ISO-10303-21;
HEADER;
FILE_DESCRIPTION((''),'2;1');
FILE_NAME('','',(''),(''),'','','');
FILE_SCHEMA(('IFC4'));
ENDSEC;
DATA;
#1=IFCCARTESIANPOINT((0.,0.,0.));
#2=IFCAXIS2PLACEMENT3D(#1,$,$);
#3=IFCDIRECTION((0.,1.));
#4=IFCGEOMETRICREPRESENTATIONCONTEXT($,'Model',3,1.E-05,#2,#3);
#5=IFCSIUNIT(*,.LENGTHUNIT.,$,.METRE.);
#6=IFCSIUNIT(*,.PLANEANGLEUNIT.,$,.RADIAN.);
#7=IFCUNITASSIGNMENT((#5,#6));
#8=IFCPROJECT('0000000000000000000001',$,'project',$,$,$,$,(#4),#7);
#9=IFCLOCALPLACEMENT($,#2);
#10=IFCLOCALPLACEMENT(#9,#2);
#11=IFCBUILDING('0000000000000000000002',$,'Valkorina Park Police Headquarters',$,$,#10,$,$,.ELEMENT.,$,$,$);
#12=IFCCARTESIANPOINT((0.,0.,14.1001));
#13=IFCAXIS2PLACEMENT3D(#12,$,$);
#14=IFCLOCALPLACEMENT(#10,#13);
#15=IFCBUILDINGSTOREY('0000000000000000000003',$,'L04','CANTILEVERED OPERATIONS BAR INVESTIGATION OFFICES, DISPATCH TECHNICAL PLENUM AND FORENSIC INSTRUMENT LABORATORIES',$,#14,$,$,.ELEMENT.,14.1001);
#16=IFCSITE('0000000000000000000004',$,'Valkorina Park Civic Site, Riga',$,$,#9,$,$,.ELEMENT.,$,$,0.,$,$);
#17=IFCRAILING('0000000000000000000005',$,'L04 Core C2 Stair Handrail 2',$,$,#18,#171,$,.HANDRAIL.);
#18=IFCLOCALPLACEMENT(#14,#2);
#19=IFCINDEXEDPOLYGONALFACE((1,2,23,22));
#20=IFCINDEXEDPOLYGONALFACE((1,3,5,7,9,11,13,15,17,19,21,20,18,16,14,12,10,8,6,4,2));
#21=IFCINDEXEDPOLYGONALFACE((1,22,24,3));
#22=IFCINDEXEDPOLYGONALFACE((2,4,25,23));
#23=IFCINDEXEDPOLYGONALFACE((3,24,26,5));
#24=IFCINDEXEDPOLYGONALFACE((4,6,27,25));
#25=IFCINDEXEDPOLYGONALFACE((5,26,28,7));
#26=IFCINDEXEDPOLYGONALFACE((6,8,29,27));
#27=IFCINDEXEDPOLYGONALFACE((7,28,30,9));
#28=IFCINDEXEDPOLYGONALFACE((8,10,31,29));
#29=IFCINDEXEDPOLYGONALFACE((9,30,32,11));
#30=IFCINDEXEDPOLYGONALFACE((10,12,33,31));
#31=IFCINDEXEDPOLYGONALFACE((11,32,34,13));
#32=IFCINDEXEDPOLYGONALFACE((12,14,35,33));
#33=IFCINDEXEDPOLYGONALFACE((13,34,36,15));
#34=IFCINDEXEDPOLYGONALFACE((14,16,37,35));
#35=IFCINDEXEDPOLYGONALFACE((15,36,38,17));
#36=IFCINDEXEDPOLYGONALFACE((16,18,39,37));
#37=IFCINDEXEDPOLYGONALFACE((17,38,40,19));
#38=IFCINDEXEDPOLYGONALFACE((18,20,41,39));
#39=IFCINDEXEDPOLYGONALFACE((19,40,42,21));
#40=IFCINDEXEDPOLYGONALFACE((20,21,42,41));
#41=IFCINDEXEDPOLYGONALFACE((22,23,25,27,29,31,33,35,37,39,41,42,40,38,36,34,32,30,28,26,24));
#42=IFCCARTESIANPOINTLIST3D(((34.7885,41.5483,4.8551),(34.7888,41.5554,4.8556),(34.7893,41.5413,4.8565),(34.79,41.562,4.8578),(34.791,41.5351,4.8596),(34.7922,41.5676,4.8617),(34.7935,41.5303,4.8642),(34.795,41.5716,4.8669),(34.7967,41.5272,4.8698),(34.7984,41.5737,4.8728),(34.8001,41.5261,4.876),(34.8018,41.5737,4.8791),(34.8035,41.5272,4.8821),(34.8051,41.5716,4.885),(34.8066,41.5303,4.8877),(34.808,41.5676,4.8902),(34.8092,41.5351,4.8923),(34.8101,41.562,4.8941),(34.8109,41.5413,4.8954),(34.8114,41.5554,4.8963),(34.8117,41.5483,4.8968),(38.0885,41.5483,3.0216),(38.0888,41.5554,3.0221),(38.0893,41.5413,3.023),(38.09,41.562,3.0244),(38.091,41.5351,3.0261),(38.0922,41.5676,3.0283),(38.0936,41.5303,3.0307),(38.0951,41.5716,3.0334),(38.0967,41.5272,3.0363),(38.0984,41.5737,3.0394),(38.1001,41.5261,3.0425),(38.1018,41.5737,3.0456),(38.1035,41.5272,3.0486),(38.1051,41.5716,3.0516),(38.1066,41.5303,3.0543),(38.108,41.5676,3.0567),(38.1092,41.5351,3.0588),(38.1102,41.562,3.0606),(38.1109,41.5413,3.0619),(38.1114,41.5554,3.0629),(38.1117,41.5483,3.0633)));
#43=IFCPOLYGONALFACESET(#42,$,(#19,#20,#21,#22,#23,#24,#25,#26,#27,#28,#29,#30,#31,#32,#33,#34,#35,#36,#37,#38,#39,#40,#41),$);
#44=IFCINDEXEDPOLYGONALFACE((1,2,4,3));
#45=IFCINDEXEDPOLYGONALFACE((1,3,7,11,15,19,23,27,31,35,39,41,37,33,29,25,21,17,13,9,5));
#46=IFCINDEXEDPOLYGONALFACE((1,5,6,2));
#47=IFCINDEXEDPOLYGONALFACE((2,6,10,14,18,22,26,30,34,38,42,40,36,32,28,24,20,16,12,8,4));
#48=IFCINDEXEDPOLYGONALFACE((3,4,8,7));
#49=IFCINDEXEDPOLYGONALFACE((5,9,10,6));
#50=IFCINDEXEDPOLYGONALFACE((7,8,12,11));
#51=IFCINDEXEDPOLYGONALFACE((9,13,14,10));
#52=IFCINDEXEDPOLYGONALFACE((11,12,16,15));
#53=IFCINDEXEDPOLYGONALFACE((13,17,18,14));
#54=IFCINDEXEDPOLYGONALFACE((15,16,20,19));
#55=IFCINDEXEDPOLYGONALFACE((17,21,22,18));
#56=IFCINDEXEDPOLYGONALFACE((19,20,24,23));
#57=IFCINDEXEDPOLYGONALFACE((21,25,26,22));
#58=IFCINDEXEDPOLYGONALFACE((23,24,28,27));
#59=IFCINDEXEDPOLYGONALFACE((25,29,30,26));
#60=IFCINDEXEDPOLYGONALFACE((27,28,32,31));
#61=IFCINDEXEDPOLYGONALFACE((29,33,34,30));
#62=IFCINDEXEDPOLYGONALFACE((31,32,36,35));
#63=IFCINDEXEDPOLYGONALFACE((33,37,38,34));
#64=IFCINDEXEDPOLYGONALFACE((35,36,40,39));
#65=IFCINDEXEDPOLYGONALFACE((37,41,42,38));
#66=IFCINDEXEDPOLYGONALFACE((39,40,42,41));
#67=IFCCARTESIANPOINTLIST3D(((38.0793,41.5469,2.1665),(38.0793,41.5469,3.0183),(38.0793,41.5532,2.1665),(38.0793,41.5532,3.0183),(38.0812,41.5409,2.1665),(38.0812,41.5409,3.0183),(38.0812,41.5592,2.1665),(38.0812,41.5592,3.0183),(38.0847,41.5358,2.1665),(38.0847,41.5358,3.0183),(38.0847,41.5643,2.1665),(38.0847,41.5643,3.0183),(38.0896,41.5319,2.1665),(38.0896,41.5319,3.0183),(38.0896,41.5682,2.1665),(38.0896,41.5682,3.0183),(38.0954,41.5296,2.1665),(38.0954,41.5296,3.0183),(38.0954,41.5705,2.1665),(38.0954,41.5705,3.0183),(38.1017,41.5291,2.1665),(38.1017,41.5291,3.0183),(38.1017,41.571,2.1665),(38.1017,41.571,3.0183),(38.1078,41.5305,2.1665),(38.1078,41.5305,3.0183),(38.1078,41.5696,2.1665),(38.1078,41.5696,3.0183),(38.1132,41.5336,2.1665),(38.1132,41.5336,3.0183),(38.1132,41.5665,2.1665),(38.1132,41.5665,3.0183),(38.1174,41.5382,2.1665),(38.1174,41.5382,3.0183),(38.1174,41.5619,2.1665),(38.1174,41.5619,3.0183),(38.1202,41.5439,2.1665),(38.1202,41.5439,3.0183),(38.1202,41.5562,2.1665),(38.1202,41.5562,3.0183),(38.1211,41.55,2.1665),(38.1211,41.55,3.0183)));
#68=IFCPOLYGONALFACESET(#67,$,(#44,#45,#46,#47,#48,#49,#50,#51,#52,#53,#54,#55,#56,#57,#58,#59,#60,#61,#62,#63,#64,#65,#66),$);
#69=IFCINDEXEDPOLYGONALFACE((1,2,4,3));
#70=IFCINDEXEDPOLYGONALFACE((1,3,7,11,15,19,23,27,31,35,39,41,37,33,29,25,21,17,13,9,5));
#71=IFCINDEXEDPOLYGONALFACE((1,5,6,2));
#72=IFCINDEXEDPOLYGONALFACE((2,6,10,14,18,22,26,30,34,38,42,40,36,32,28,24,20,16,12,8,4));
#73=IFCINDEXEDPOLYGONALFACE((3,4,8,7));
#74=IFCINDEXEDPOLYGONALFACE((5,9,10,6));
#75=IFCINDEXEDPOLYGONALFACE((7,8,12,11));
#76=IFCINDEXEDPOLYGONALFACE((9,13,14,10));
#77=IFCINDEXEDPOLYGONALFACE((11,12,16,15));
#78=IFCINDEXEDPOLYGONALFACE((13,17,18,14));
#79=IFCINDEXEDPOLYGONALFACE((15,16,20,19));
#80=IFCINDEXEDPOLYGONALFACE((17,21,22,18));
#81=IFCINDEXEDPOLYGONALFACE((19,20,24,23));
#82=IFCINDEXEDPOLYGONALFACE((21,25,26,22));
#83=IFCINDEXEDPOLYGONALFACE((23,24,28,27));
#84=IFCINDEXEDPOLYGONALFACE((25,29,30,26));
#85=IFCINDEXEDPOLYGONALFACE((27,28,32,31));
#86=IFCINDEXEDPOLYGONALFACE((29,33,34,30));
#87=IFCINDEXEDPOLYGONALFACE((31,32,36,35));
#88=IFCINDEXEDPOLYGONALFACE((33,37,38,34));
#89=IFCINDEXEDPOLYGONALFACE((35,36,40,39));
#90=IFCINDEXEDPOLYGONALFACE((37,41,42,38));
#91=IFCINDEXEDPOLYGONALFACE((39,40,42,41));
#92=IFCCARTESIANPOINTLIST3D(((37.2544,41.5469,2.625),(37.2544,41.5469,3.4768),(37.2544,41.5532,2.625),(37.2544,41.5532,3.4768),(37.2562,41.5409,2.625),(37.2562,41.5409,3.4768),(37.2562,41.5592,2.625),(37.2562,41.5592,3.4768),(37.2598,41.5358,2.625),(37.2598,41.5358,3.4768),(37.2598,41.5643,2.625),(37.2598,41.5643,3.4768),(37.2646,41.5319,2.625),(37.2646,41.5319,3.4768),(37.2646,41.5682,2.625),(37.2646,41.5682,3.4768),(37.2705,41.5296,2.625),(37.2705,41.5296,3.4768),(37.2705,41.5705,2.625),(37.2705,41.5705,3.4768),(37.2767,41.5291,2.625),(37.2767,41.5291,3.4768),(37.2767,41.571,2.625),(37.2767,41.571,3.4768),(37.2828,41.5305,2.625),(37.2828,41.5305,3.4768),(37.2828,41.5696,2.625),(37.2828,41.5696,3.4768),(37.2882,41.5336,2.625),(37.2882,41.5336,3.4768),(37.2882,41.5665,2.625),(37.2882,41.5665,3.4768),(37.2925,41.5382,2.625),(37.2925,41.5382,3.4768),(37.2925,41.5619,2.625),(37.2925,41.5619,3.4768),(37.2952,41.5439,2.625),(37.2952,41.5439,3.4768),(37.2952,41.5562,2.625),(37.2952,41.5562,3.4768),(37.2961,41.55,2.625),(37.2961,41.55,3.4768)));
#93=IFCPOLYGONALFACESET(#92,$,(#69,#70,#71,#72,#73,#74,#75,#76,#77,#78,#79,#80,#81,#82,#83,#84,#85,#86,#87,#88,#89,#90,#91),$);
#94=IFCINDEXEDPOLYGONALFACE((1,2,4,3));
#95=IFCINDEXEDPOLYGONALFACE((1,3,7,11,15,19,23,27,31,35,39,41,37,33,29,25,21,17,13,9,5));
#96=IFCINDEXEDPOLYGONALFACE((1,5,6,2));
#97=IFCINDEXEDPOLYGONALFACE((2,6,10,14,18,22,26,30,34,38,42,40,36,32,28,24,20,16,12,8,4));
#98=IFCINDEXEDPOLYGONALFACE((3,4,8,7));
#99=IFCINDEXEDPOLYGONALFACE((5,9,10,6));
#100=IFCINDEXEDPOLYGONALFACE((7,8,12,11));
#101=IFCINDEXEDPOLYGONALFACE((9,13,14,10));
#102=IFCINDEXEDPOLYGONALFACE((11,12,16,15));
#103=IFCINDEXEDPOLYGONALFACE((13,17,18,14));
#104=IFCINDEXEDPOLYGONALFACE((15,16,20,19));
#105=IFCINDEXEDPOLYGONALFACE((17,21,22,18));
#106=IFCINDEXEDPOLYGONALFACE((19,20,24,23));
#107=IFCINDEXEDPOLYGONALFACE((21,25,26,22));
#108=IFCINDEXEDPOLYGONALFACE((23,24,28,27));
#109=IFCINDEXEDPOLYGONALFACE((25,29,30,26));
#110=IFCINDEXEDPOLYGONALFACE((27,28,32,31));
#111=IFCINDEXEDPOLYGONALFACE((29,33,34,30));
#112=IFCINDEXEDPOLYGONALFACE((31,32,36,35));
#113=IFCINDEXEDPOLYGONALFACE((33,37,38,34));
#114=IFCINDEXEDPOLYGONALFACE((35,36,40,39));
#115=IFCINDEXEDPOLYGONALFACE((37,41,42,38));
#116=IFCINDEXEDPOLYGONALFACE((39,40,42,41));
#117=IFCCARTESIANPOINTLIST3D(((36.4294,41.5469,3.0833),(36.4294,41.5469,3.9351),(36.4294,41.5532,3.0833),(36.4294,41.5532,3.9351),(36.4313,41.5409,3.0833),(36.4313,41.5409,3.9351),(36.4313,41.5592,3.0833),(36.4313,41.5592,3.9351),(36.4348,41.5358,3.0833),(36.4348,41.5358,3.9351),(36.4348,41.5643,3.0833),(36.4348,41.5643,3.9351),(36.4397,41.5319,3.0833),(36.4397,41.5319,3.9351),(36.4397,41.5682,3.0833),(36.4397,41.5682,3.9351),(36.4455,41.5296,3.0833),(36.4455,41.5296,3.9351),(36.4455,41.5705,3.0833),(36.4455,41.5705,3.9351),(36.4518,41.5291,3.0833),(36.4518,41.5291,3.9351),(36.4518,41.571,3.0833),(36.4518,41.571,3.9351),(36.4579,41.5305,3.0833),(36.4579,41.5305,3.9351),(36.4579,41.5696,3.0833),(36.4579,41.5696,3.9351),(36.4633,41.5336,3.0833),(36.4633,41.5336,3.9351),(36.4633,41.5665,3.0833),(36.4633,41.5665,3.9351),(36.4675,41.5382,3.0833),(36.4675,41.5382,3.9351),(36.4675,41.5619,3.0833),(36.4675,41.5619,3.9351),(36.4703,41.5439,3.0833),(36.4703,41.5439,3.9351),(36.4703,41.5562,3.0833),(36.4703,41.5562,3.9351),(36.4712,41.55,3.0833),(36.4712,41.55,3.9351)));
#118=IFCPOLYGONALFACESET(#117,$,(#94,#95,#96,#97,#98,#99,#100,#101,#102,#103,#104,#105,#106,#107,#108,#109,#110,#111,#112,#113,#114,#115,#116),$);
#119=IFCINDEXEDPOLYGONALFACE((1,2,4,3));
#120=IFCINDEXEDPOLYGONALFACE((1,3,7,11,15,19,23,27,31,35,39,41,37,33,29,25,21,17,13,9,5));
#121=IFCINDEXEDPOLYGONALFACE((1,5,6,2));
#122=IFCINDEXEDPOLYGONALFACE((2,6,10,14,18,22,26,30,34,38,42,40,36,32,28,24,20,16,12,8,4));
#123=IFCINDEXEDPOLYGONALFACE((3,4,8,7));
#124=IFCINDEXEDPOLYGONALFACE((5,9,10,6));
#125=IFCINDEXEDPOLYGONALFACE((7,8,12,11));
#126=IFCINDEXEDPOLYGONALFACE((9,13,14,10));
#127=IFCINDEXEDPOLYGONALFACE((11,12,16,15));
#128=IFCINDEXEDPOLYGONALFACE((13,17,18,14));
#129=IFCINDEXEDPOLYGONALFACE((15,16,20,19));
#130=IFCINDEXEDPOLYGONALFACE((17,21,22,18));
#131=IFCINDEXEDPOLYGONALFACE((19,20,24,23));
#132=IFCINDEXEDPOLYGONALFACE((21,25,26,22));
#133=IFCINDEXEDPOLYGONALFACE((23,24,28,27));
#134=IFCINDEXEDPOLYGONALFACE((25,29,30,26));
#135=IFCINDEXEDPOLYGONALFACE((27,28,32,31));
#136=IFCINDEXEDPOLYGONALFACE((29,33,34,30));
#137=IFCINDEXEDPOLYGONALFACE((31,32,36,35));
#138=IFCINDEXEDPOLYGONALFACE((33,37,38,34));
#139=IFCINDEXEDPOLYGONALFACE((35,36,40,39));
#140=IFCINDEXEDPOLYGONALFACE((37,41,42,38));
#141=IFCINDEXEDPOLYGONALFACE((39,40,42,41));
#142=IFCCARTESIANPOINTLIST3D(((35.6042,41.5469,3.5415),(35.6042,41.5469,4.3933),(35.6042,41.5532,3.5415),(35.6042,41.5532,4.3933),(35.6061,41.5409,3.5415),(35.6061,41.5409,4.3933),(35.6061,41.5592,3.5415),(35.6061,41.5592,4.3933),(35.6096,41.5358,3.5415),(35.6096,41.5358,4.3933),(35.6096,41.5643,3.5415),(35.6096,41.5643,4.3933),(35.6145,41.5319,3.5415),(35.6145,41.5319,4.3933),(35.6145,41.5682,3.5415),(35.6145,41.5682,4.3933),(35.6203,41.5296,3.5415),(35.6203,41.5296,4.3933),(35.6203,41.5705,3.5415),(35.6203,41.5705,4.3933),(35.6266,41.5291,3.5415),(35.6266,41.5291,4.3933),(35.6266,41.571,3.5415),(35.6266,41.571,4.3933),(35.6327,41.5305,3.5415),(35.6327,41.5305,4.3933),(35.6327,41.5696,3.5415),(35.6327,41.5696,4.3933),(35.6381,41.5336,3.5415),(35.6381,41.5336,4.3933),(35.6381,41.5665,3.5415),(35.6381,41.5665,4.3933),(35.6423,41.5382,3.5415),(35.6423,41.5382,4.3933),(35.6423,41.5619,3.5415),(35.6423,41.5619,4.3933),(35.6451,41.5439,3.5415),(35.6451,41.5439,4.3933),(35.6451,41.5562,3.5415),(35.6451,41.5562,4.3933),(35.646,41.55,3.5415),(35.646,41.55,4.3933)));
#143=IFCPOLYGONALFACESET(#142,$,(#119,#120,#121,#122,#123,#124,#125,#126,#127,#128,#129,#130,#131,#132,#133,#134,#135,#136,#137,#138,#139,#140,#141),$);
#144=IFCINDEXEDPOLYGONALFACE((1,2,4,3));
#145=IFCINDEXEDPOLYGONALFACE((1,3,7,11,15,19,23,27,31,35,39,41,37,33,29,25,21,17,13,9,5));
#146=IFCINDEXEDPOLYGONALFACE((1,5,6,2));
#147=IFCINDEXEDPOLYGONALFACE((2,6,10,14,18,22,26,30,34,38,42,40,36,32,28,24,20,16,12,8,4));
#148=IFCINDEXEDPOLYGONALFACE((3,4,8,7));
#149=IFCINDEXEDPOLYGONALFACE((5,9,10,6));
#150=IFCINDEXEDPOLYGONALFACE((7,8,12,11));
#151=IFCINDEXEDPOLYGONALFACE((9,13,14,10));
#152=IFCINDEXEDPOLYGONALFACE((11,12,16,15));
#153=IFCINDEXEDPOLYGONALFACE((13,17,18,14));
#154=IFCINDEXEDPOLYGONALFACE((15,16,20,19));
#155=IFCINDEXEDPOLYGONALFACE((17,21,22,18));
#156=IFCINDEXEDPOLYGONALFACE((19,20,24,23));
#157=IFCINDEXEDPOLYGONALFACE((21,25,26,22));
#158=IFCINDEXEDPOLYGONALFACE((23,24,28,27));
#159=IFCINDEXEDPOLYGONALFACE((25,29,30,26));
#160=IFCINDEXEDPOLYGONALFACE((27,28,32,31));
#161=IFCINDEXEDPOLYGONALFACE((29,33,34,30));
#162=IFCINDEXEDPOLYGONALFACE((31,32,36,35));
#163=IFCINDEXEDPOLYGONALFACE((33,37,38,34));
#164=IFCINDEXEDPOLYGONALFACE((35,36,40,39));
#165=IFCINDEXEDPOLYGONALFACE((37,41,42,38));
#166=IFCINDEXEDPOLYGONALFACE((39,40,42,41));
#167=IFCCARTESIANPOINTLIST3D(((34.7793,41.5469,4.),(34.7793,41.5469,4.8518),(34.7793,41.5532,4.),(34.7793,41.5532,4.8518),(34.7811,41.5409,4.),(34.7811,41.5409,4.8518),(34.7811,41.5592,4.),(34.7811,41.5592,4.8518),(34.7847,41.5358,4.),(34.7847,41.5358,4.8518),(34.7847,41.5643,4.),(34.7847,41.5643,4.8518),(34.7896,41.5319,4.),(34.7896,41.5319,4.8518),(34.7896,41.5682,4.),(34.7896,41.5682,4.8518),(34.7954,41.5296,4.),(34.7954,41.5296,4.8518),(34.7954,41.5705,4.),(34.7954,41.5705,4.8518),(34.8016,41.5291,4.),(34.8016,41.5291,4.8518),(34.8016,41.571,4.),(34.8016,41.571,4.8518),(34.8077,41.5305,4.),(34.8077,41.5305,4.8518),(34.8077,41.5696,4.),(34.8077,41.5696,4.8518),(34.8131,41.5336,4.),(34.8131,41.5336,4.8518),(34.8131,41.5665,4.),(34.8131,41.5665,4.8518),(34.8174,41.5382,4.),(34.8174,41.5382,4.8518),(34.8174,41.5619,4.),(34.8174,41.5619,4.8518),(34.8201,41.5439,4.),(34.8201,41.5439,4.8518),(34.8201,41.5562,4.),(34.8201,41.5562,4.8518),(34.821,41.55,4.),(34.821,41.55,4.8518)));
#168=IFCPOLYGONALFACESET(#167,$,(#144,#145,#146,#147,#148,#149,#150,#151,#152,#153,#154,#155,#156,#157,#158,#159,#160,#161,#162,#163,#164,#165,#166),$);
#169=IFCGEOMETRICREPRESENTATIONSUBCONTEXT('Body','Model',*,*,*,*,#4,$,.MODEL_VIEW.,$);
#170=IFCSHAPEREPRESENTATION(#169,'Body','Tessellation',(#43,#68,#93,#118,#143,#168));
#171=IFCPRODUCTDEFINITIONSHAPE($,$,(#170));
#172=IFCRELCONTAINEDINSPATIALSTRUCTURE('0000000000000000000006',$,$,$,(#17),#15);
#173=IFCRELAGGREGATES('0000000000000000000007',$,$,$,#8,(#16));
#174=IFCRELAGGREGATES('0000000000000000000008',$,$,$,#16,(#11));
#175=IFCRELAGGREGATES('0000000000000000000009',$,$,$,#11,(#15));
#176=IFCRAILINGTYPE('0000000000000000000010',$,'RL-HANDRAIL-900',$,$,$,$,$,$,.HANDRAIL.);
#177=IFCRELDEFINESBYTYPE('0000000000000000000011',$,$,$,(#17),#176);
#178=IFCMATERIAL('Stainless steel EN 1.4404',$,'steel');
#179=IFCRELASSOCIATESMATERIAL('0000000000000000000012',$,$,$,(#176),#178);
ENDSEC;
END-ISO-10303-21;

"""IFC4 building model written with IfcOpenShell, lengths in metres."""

from ifc_helpers import new_model, si_unit, direction, frame, origin, origin_2d, place, context, subcontext, project, spatial, circle, extrude, material, type_object, element, save


model = new_model("IFC4")

# Units and contexts
model_context = context("Model", 3, precision=1e-05, world=origin(), true_north=direction((0.0, 1.0)))
body_context = subcontext(model_context, "Body", "Model", "MODEL_VIEW")
ifc_project = project(units=[si_unit("LENGTHUNIT", "METRE"), si_unit("PLANEANGLEUNIT", "RADIAN")], contexts=[model_context])

# Site, building, storey
site_placement = place(None, origin())
site = spatial("IfcSite", under=ifc_project, at=site_placement, Name="Valkorina Park Civic Site, Riga", CompositionType="ELEMENT", RefElevation=0.0)
building_placement = place(site_placement, origin())
building = spatial("IfcBuilding", under=site, at=building_placement, Name="Valkorina Park Police Headquarters", CompositionType="ELEMENT")
storey_placement = place(building_placement, frame((0.0, 0.0, 14.1001)))
storey = spatial("IfcBuildingStorey", under=building, at=storey_placement, Name="L04", Description="CANTILEVERED OPERATIONS BAR INVESTIGATION OFFICES, DISPATCH TECHNICAL PLENUM AND FORENSIC INSTRUMENT LABORATORIES", CompositionType="ELEMENT", Elevation=14.1001)

# Railing
ifc_material_1 = material(Name="Stainless steel EN 1.4404", Category="steel")
railing_type_1 = type_object("IfcRailingType", Name="RL-HANDRAIL-900", PredefinedType="HANDRAIL", material=ifc_material_1)
railing_1_placement = place(storey_placement, frame((38.1001, 41.55, 2.1665)))
element("IfcRailing", 1, at=railing_1_placement, inside=storey, type_object=railing_type_1, Name="L04 Core C2 Stair Handrail 2", PredefinedType="HANDRAIL", context=body_context, shape_type="SweptSolid", body=[
    extrude(circle(Radius=0.0239, at=origin_2d()), frame((0.0, 0.0, 0.876), z_axis=(-0.874142, 0.0, 0.48567), x_axis=(0.0, -1.0, 0.0)), (0.0, 0.0, 1.0), 3.7751),
    extrude(circle(Radius=0.021, at=origin_2d()), origin(), (0.0, 0.0, 1.0), 0.8518),
    extrude(circle(Radius=0.021, at=origin_2d()), frame((-0.825, 0.0, 0.4585)), (0.0, 0.0, 1.0), 0.8518),
    extrude(circle(Radius=0.021, at=origin_2d()), frame((-1.6499, 0.0, 0.9167)), (0.0, 0.0, 1.0), 0.8518),
    extrude(circle(Radius=0.021, at=origin_2d()), frame((-2.4751, 0.0, 1.375)), (0.0, 0.0, 1.0), 0.8518),
    extrude(circle(Radius=0.021, at=origin_2d()), frame((-3.3, 0.0, 1.8335)), (0.0, 0.0, 1.0), 0.8518),
])

save(model, "model.ifc")
